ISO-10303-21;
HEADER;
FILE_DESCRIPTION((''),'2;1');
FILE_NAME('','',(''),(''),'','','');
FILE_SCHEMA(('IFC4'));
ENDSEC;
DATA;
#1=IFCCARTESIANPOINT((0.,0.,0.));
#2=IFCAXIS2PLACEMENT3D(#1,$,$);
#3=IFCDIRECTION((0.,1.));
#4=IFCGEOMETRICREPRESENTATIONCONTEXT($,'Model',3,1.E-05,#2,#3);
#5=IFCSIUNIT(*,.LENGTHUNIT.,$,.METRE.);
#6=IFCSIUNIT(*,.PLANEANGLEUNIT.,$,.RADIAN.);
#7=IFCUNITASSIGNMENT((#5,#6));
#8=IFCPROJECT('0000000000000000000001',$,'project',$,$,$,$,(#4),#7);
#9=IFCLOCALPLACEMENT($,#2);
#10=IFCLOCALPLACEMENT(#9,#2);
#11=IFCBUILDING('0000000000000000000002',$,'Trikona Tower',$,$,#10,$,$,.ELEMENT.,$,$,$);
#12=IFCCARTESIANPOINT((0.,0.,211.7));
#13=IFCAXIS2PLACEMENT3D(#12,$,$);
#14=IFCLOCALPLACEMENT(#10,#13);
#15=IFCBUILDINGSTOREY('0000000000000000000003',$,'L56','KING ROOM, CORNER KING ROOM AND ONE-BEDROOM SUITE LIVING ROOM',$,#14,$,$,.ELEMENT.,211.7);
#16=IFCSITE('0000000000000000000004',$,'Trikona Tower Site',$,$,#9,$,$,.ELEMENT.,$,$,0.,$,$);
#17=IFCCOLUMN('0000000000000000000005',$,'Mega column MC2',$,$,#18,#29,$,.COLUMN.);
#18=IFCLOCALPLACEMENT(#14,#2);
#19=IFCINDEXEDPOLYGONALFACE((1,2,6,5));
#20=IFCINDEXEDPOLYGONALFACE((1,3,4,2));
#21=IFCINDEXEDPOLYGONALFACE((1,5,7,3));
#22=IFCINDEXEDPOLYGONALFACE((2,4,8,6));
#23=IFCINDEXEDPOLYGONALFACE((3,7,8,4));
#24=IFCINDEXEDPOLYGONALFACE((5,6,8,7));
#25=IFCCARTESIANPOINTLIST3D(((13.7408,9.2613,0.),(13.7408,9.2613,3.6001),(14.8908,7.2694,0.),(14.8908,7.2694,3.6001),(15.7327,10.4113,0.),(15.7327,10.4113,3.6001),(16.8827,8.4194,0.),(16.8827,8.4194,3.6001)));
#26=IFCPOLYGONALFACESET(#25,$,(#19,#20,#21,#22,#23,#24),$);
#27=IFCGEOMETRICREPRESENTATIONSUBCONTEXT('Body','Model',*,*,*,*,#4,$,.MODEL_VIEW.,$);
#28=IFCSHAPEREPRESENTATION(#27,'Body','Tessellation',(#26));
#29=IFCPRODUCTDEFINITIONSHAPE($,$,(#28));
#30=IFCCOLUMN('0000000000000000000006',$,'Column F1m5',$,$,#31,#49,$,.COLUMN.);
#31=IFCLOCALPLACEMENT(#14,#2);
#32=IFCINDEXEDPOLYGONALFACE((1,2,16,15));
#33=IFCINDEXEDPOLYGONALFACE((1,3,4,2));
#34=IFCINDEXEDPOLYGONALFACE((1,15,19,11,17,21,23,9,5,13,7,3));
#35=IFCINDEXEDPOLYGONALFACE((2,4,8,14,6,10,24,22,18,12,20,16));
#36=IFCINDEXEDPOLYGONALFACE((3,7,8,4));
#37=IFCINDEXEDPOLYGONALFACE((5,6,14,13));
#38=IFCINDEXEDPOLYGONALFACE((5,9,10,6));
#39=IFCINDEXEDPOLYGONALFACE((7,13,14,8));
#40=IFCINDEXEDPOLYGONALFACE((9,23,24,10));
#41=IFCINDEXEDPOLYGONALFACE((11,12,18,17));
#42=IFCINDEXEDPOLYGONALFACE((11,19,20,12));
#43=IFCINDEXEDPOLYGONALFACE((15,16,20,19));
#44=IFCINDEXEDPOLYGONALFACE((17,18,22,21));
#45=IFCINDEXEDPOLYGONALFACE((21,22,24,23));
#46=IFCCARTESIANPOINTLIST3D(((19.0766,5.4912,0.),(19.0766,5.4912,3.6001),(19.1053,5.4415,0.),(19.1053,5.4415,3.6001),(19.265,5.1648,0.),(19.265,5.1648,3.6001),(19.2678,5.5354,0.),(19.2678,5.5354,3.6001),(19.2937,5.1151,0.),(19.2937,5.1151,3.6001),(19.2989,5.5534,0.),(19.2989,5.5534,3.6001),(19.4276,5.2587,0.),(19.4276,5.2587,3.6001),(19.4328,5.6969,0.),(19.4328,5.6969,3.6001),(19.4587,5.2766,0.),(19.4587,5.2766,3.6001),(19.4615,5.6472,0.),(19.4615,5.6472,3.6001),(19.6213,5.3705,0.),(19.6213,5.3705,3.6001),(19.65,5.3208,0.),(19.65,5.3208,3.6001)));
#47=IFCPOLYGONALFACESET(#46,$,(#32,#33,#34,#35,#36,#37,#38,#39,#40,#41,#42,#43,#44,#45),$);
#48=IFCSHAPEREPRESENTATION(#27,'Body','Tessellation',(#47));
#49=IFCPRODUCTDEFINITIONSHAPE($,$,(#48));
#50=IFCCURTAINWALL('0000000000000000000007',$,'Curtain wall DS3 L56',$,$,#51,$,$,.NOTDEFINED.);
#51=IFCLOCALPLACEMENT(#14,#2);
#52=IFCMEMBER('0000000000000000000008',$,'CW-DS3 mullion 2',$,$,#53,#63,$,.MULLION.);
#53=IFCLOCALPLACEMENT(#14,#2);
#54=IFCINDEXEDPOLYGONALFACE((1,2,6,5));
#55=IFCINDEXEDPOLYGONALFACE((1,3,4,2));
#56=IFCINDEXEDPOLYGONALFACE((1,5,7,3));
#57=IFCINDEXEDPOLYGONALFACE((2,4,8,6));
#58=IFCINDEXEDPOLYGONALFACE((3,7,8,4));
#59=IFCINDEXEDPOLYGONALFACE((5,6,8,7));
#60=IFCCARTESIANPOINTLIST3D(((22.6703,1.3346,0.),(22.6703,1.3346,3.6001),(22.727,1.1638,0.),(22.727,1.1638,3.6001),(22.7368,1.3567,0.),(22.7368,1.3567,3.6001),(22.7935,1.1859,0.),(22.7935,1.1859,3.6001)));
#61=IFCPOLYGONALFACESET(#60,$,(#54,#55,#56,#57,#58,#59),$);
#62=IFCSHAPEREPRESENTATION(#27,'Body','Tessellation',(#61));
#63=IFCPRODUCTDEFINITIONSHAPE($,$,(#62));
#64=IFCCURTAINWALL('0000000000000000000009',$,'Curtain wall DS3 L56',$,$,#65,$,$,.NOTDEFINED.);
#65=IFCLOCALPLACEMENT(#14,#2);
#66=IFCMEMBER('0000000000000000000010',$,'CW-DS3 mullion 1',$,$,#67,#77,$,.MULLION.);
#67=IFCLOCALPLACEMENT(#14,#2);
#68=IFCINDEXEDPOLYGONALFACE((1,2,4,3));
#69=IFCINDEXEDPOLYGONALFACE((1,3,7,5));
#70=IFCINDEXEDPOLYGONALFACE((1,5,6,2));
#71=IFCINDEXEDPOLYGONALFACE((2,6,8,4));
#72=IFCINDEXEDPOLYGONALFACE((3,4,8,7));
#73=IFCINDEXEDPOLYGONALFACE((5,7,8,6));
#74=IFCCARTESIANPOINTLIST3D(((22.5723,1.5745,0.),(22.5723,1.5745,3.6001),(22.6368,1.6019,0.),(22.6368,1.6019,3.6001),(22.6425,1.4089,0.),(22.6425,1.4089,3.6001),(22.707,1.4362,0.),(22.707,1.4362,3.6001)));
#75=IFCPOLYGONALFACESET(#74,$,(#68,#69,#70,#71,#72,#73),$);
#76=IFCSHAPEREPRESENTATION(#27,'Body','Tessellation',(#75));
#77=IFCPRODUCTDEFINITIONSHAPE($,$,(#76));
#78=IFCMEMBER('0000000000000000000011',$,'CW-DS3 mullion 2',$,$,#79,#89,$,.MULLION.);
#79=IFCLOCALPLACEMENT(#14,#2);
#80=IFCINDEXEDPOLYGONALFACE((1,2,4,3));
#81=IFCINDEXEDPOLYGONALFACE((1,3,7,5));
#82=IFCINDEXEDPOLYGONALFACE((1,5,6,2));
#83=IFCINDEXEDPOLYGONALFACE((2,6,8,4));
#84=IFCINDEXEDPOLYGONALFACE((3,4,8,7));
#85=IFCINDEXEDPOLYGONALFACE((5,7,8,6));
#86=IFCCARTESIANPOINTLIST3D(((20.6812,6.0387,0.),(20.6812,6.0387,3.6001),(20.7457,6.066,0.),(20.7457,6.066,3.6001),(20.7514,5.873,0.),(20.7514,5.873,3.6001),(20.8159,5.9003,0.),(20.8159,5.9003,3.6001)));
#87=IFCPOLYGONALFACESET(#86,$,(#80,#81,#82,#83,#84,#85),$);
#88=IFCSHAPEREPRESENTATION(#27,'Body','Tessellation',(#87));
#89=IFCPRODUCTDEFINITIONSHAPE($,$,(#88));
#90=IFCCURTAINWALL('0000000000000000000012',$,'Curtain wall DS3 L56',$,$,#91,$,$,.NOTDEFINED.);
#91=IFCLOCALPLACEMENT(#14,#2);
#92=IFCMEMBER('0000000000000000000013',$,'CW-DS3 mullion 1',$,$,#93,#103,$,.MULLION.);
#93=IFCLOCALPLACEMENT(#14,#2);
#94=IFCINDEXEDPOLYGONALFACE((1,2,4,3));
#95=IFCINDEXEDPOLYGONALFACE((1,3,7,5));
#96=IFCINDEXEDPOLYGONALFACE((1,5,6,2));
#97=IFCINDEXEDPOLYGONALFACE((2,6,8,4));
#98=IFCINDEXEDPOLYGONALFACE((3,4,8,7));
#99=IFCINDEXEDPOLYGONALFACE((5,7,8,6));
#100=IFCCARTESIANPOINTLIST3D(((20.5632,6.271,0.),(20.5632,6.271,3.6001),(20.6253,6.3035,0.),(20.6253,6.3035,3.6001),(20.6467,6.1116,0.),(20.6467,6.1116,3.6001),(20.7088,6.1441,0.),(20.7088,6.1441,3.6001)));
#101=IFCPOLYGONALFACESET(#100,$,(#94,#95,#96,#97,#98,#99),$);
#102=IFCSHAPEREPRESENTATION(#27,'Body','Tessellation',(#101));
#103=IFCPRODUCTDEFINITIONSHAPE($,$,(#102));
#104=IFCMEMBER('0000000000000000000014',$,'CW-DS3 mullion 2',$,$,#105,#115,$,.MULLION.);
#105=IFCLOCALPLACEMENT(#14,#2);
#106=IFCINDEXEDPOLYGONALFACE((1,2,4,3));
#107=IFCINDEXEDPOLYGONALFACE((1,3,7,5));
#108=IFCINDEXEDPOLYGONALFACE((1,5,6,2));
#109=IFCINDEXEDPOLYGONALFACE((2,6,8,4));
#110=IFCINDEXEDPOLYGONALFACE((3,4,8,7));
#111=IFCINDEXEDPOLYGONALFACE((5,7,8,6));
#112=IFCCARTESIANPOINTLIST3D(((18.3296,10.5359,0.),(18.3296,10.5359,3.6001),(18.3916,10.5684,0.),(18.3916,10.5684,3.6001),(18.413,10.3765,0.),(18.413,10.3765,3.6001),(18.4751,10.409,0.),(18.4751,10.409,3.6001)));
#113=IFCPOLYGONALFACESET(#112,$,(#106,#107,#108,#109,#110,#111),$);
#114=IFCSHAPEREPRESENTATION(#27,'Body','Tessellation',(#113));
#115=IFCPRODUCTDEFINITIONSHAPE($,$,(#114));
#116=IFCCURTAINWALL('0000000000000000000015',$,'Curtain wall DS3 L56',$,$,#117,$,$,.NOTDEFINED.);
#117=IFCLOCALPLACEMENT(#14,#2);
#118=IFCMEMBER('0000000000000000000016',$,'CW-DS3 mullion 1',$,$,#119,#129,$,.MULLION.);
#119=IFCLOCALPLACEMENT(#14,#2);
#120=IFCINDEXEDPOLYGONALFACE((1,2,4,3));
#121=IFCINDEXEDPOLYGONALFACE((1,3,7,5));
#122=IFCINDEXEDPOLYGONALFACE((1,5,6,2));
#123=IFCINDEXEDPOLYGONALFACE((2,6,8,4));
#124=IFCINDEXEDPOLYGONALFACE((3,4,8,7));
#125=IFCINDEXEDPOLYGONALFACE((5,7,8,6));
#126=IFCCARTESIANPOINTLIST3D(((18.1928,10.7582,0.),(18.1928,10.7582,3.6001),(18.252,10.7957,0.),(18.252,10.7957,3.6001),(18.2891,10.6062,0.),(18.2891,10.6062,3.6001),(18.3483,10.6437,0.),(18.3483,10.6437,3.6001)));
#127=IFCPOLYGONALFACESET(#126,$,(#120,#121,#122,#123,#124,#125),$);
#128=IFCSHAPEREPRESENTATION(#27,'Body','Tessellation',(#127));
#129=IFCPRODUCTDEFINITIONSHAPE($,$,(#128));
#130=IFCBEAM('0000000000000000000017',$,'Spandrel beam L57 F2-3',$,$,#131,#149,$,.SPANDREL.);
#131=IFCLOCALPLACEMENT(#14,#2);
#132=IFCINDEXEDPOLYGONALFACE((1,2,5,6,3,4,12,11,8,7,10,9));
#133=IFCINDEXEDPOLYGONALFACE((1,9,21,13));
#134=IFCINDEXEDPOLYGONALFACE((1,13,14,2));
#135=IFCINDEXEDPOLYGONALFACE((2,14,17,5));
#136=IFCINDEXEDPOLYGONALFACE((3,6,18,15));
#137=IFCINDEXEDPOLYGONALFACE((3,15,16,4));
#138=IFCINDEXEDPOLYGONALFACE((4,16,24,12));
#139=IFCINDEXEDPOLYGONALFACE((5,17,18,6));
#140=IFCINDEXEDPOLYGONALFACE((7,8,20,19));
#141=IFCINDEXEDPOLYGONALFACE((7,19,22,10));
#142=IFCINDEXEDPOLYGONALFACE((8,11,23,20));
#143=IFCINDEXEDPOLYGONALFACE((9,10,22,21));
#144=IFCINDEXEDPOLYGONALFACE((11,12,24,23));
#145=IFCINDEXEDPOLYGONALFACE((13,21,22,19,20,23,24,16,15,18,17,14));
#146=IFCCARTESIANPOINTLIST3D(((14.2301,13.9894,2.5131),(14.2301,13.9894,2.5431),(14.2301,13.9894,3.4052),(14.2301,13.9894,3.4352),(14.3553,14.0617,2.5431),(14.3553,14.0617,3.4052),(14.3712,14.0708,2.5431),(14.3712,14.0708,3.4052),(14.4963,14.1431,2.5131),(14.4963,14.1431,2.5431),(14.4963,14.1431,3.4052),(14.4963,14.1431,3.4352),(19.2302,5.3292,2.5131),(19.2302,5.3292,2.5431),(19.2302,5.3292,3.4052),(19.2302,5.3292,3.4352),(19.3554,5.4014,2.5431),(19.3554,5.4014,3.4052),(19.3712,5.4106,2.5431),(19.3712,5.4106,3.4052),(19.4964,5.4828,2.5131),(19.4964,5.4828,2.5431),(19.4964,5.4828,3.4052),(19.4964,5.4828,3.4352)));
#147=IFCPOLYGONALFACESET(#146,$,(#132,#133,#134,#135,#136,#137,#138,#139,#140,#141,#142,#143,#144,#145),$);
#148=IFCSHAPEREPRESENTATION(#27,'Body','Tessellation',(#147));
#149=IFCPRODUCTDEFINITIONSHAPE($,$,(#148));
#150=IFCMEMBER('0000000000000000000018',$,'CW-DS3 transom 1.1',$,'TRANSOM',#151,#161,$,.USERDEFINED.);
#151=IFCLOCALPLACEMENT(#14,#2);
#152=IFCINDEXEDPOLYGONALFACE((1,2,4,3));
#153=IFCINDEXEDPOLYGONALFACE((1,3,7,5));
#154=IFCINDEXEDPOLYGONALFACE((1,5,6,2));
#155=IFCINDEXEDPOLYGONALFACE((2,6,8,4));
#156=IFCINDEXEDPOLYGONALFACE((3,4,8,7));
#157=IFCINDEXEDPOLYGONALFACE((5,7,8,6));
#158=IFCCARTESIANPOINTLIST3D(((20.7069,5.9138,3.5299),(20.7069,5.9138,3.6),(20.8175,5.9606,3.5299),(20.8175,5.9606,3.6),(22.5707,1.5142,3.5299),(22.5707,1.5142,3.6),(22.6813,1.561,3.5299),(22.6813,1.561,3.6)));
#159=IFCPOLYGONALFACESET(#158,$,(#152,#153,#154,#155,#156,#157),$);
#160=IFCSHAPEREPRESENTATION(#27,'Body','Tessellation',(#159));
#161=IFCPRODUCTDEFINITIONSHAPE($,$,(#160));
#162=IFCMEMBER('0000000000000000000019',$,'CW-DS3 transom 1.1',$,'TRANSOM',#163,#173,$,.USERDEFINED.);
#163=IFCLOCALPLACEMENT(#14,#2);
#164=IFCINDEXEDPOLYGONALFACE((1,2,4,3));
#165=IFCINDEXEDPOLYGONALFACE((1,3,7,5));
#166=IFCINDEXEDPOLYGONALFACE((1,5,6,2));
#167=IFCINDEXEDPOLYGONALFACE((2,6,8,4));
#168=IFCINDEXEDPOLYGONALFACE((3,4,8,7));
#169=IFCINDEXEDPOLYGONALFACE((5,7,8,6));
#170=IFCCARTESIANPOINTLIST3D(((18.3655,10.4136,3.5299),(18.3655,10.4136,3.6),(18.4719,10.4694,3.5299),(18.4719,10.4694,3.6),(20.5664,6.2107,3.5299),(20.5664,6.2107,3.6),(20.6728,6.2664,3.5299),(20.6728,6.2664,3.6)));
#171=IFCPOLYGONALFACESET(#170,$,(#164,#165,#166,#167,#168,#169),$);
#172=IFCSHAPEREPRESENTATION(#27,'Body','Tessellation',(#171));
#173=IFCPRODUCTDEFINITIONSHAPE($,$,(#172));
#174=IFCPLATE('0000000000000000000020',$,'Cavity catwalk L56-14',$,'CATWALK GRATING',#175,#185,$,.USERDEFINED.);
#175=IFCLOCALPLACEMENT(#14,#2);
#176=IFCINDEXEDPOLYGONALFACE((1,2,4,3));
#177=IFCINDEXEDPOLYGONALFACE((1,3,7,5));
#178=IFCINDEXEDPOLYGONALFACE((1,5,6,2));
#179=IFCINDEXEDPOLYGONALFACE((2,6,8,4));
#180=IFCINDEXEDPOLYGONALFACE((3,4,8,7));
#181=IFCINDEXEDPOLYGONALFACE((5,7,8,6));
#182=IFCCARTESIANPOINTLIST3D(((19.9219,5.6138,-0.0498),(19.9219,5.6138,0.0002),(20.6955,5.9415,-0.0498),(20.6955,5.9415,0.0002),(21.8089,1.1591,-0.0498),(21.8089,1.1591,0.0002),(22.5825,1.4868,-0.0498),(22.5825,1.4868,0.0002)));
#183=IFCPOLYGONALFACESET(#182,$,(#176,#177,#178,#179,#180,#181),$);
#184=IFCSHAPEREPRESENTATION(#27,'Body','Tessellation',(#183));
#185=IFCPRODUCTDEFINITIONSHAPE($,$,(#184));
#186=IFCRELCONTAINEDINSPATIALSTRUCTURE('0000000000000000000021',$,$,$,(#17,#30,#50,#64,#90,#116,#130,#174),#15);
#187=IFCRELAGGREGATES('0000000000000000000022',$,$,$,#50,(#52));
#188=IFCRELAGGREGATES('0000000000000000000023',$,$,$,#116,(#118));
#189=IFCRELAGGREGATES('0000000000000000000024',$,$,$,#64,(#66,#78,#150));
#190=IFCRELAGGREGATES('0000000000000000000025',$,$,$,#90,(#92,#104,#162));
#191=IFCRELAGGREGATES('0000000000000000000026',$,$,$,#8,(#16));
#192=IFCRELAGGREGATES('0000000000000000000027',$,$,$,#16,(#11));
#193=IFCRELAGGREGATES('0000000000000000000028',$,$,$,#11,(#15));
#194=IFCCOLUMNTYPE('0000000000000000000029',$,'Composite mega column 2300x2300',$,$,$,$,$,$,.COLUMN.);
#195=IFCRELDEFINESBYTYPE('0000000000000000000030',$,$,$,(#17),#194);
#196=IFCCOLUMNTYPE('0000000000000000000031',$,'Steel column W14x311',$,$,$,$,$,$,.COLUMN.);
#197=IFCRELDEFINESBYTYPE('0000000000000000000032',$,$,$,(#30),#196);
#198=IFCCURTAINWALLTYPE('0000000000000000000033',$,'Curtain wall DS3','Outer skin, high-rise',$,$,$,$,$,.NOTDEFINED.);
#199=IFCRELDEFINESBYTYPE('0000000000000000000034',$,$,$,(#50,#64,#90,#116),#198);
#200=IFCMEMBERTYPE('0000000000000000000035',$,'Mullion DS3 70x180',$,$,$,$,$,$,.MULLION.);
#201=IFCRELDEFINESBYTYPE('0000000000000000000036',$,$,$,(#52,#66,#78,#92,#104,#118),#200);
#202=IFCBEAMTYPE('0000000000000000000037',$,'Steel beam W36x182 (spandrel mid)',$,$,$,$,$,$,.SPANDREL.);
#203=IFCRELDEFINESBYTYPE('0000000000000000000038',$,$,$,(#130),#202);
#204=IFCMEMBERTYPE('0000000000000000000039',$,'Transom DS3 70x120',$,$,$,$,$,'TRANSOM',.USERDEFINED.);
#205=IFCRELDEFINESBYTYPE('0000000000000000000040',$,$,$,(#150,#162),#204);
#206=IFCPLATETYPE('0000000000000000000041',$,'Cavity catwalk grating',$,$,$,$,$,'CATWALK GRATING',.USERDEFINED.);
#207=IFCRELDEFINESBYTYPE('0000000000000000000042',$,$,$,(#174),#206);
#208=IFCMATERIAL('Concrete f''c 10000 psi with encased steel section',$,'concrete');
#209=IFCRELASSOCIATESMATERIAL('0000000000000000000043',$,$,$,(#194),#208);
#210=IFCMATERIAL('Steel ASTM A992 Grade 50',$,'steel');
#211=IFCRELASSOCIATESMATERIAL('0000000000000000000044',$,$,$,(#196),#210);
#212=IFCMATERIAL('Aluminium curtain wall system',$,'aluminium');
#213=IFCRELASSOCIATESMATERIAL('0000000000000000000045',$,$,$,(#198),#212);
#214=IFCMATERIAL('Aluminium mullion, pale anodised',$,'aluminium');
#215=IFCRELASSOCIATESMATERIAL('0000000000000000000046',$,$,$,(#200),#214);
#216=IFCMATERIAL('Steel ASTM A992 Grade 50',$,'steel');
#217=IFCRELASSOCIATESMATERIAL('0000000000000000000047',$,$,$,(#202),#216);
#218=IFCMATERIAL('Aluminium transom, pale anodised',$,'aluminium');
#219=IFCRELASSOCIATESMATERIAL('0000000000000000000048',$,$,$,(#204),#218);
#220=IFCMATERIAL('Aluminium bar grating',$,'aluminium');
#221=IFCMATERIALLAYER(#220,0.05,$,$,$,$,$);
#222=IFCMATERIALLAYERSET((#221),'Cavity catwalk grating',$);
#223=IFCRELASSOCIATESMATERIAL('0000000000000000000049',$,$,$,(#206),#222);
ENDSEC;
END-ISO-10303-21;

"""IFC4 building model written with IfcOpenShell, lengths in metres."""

from ifc_helpers import new_model, si_unit, direction, frame, origin, origin_2d, place, context, subcontext, project, spatial, rectangle, i_section, extrude, material, layer, layer_set, material_profile, profile_set, type_object, element, aggregate, save


model = new_model("IFC4")

# Units and contexts
model_context = context("Model", 3, precision=1e-05, world=origin(), true_north=direction((0.0, 1.0)))
body_context = subcontext(model_context, "Body", "Model", "MODEL_VIEW")
ifc_project = project(units=[si_unit("LENGTHUNIT", "METRE"), si_unit("PLANEANGLEUNIT", "RADIAN")], contexts=[model_context])

# Site, building, storey
site_placement = place(None, origin())
site = spatial("IfcSite", under=ifc_project, at=site_placement, Name="Trikona Tower Site", CompositionType="ELEMENT", RefElevation=0.0)
building_placement = place(site_placement, origin())
building = spatial("IfcBuilding", under=site, at=building_placement, Name="Trikona Tower", CompositionType="ELEMENT")
storey_placement = place(building_placement, frame((0.0, 0.0, 211.7)))
storey = spatial("IfcBuildingStorey", under=building, at=storey_placement, Name="L56", Description="KING ROOM, CORNER KING ROOM AND ONE-BEDROOM SUITE LIVING ROOM", CompositionType="ELEMENT", Elevation=211.7)

# Columns
ifc_material_1 = material(Name="Concrete f'c 10000 psi with encased steel section", Category="concrete")
ifc_material_profile_1 = material_profile(ifc_material_1, rectangle(XDim=2.3, YDim=2.3, at=origin_2d()), Name="MC2300")
ifc_profile_set_1 = profile_set([ifc_material_profile_1], Name="Concrete f'c 10000 psi with encased steel section")
column_type_1 = type_object("IfcColumnType", Name="Composite mega column 2300x2300", PredefinedType="COLUMN", material=ifc_profile_set_1)
column_1_placement = place(storey_placement, frame((15.3118, 8.8403, 0.0), z_axis=(0.0, 0.0, 1.0), x_axis=(0.866025, 0.5, 0.0)))
element("IfcColumn", 1, at=column_1_placement, inside=storey, type_object=column_type_1, Name="Mega column MC2", PredefinedType="COLUMN", context=body_context, shape_type="SweptSolid", body=[
    extrude(rectangle(XDim=2.3, YDim=2.3, at=origin_2d()), origin(), (0.0, 0.0, 1.0), 3.6001),
])
ifc_material_2 = material(Name="Steel ASTM A992 Grade 50", Category="steel")
ifc_material_profile_2 = material_profile(ifc_material_2, i_section(OverallWidth=0.4114, OverallDepth=0.4343, WebThickness=0.0359, FlangeThickness=0.0574, at=origin_2d()), Name="W14X311")
ifc_profile_set_2 = profile_set([ifc_material_profile_2], Name="Steel ASTM A992 Grade 50")
column_type_2 = type_object("IfcColumnType", Name="Steel column W14x311", PredefinedType="COLUMN", material=ifc_profile_set_2)
column_2_placement = place(storey_placement, frame((19.3633, 5.406, 0.0), z_axis=(0.0, 0.0, 1.0), x_axis=(0.866025, 0.5, 0.0)))
element("IfcColumn", 2, at=column_2_placement, inside=storey, type_object=column_type_2, Name="Column F1m5", PredefinedType="COLUMN", context=body_context, shape_type="SweptSolid", body=[
    extrude(i_section(OverallWidth=0.4114, OverallDepth=0.4343, WebThickness=0.0359, FlangeThickness=0.0574, at=origin_2d()), origin(), (0.0, 0.0, 1.0), 3.6001),
])

# Curtain wall, member
ifc_material_3 = material(Name="Aluminium curtain wall system", Category="aluminium")
curtain_wall_type = type_object("IfcCurtainWallType", Name="Curtain wall DS3", Description="Outer skin, high-rise", PredefinedType="NOTDEFINED", material=ifc_material_3)
curtain_wall_1_placement = place(storey_placement, origin())
curtain_wall_1 = element("IfcCurtainWall", 3, at=curtain_wall_1_placement, inside=storey, type_object=curtain_wall_type, Name="Curtain wall DS3 L56", PredefinedType="NOTDEFINED")
ifc_material_4 = material(Name="Aluminium mullion, pale anodised", Category="aluminium")
ifc_material_profile_3 = material_profile(ifc_material_4, rectangle(XDim=0.0701, YDim=0.1799, at=origin_2d()), Name="MUL-DS3")
ifc_profile_set_3 = profile_set([ifc_material_profile_3], Name="Aluminium mullion, pale anodised")
member_type_1 = type_object("IfcMemberType", Name="Mullion DS3 70x180", PredefinedType="MULLION", material=ifc_profile_set_3)
member_1_placement = place(storey_placement, frame((22.7319, 1.2603, 0.0), z_axis=(0.0, 0.0, 1.0), x_axis=(-0.949066, -0.315078, 0.0)))
member_1 = element("IfcMember", 4, at=member_1_placement, type_object=member_type_1, Name="CW-DS3 mullion 2", PredefinedType="MULLION", context=body_context, shape_type="SweptSolid", body=[
    extrude(rectangle(XDim=0.0701, YDim=0.1799, at=origin_2d()), origin(), (0.0, 0.0, 1.0), 3.6001),
])
aggregate(curtain_wall_1, [member_1])

# Curtain walls, members
curtain_wall_2_placement = place(storey_placement, origin())
curtain_wall_2 = element("IfcCurtainWall", 5, at=curtain_wall_2_placement, inside=storey, type_object=curtain_wall_type, Name="Curtain wall DS3 L56", PredefinedType="NOTDEFINED")
member_2_placement = place(storey_placement, frame((22.6396, 1.5054, 0.0), z_axis=(0.0, 0.0, 1.0), x_axis=(-0.920792, -0.390053, 0.0)))
member_2 = element("IfcMember", 6, at=member_2_placement, type_object=member_type_1, Name="CW-DS3 mullion 1", PredefinedType="MULLION", context=body_context, shape_type="SweptSolid", body=[
    extrude(rectangle(XDim=0.0701, YDim=0.1799, at=origin_2d()), origin(), (0.0, 0.0, 1.0), 3.6001),
])
member_3_placement = place(storey_placement, frame((20.7485, 5.9695, 0.0), z_axis=(0.0, 0.0, 1.0), x_axis=(-0.920792, -0.390053, 0.0)))
member_3 = element("IfcMember", 7, at=member_3_placement, type_object=member_type_1, Name="CW-DS3 mullion 2", PredefinedType="MULLION", context=body_context, shape_type="SweptSolid", body=[
    extrude(rectangle(XDim=0.0701, YDim=0.1799, at=origin_2d()), origin(), (0.0, 0.0, 1.0), 3.6001),
])
curtain_wall_3_placement = place(storey_placement, origin())
curtain_wall_3 = element("IfcCurtainWall", 8, at=curtain_wall_3_placement, inside=storey, type_object=curtain_wall_type, Name="Curtain wall DS3 L56", PredefinedType="NOTDEFINED")
member_4_placement = place(storey_placement, frame((20.636, 6.2075, 0.0), z_axis=(0.0, 0.0, 1.0), x_axis=(-0.885862, -0.463948, 0.0)))
member_4 = element("IfcMember", 9, at=member_4_placement, type_object=member_type_1, Name="CW-DS3 mullion 1", PredefinedType="MULLION", context=body_context, shape_type="SweptSolid", body=[
    extrude(rectangle(XDim=0.0701, YDim=0.1799, at=origin_2d()), origin(), (0.0, 0.0, 1.0), 3.6001),
])
member_5_placement = place(storey_placement, frame((18.4023, 10.4724, 0.0), z_axis=(0.0, 0.0, 1.0), x_axis=(-0.885862, -0.463948, 0.0)))
member_5 = element("IfcMember", 10, at=member_5_placement, type_object=member_type_1, Name="CW-DS3 mullion 2", PredefinedType="MULLION", context=body_context, shape_type="SweptSolid", body=[
    extrude(rectangle(XDim=0.0701, YDim=0.1799, at=origin_2d()), origin(), (0.0, 0.0, 1.0), 3.6001),
])

# Curtain wall, member
curtain_wall_4_placement = place(storey_placement, origin())
curtain_wall_4 = element("IfcCurtainWall", 11, at=curtain_wall_4_placement, inside=storey, type_object=curtain_wall_type, Name="Curtain wall DS3 L56", PredefinedType="NOTDEFINED")
member_6_placement = place(storey_placement, frame((18.2705, 10.7009, 0.0), z_axis=(0.0, 0.0, 1.0), x_axis=(-0.844727, -0.535197, 0.0)))
member_6 = element("IfcMember", 12, at=member_6_placement, type_object=member_type_1, Name="CW-DS3 mullion 1", PredefinedType="MULLION", context=body_context, shape_type="SweptSolid", body=[
    extrude(rectangle(XDim=0.0701, YDim=0.1799, at=origin_2d()), origin(), (0.0, 0.0, 1.0), 3.6001),
])
aggregate(curtain_wall_4, [member_6])

# Beam
ifc_material_5 = material(Name="Steel ASTM A992 Grade 50", Category="steel")
ifc_material_profile_4 = material_profile(ifc_material_5, i_section(OverallWidth=0.3074, OverallDepth=0.9221, WebThickness=0.0183, FlangeThickness=0.03, at=origin_2d()), Name="W36X182")
ifc_profile_set_4 = profile_set([ifc_material_profile_4], Name="Steel ASTM A992 Grade 50")
beam_type = type_object("IfcBeamType", Name="Steel beam W36x182 (spandrel mid)", PredefinedType="SPANDREL", material=ifc_profile_set_4)
beam_placement = place(storey_placement, frame((19.3633, 5.406, 2.9741), z_axis=(-0.500004, 0.866023, 0.0), x_axis=(-0.866023, -0.500004, 0.0)))
element("IfcBeam", 13, at=beam_placement, inside=storey, type_object=beam_type, Name="Spandrel beam L57 F2-3", PredefinedType="SPANDREL", context=body_context, shape_type="SweptSolid", body=[
    extrude(i_section(OverallWidth=0.3074, OverallDepth=0.9221, WebThickness=0.0183, FlangeThickness=0.03, at=origin_2d()), origin(), (0.0, 0.0, 1.0), 10.0),
])

# Members
ifc_material_6 = material(Name="Aluminium transom, pale anodised", Category="aluminium")
ifc_material_profile_5 = material_profile(ifc_material_6, rectangle(XDim=0.1201, YDim=0.0701, at=origin_2d()), Name="TRN-DS3")
ifc_profile_set_5 = profile_set([ifc_material_profile_5], Name="Aluminium transom, pale anodised")
member_type_2 = type_object("IfcMemberType", Name="Transom DS3 70x120", ElementType="TRANSOM", PredefinedType="USERDEFINED", material=ifc_profile_set_5)
member_7_placement = place(storey_placement, frame((22.626, 1.5376, 3.5649), z_axis=(-0.390062, 0.920789, 0.0), x_axis=(-0.920789, -0.390062, 0.0)))
member_7 = element("IfcMember", 14, at=member_7_placement, type_object=member_type_2, Name="CW-DS3 transom 1.1", ObjectType="TRANSOM", PredefinedType="USERDEFINED", context=body_context, shape_type="SweptSolid", body=[
    extrude(rectangle(XDim=0.1201, YDim=0.0701, at=origin_2d()), origin(), (0.0, 0.0, 1.0), 4.7781),
])
member_8_placement = place(storey_placement, frame((20.6196, 6.2385, 3.5649), z_axis=(-0.463911, 0.885882, 0.0), x_axis=(-0.885882, -0.463911, 0.0)))
member_8 = element("IfcMember", 15, at=member_8_placement, type_object=member_type_2, Name="CW-DS3 transom 1.1", ObjectType="TRANSOM", PredefinedType="USERDEFINED", context=body_context, shape_type="SweptSolid", body=[
    extrude(rectangle(XDim=0.1201, YDim=0.0701, at=origin_2d()), origin(), (0.0, 0.0, 1.0), 4.7444),
])

# Plate
ifc_material_7 = material(Name="Aluminium bar grating", Category="aluminium")
ifc_layer_1 = layer(ifc_material_7, 0.05)
ifc_layer_set_1 = layer_set([ifc_layer_1], Name="Cavity catwalk grating")
plate_type_1 = type_object("IfcPlateType", Name="Cavity catwalk grating", ElementType="CATWALK GRATING", PredefinedType="USERDEFINED", material=ifc_layer_set_1)
plate_1_placement = place(storey_placement, frame((21.2522, 3.5503, -0.0498), z_axis=(0.0, 0.0, 1.0), x_axis=(-0.390051, 0.920793, 0.0)))
element("IfcPlate", 16, at=plate_1_placement, inside=storey, type_object=plate_type_1, Name="Cavity catwalk L56-14", ObjectType="CATWALK GRATING", PredefinedType="USERDEFINED", context=body_context, shape_type="SweptSolid", body=[
    extrude(rectangle(XDim=4.8379, YDim=0.8401, at=origin_2d()), origin(), (0.0, 0.0, 1.0), 0.05),
])

aggregate(curtain_wall_2, [member_2, member_3, member_7])
aggregate(curtain_wall_3, [member_4, member_5, member_8])

save(model, "model.ifc")
